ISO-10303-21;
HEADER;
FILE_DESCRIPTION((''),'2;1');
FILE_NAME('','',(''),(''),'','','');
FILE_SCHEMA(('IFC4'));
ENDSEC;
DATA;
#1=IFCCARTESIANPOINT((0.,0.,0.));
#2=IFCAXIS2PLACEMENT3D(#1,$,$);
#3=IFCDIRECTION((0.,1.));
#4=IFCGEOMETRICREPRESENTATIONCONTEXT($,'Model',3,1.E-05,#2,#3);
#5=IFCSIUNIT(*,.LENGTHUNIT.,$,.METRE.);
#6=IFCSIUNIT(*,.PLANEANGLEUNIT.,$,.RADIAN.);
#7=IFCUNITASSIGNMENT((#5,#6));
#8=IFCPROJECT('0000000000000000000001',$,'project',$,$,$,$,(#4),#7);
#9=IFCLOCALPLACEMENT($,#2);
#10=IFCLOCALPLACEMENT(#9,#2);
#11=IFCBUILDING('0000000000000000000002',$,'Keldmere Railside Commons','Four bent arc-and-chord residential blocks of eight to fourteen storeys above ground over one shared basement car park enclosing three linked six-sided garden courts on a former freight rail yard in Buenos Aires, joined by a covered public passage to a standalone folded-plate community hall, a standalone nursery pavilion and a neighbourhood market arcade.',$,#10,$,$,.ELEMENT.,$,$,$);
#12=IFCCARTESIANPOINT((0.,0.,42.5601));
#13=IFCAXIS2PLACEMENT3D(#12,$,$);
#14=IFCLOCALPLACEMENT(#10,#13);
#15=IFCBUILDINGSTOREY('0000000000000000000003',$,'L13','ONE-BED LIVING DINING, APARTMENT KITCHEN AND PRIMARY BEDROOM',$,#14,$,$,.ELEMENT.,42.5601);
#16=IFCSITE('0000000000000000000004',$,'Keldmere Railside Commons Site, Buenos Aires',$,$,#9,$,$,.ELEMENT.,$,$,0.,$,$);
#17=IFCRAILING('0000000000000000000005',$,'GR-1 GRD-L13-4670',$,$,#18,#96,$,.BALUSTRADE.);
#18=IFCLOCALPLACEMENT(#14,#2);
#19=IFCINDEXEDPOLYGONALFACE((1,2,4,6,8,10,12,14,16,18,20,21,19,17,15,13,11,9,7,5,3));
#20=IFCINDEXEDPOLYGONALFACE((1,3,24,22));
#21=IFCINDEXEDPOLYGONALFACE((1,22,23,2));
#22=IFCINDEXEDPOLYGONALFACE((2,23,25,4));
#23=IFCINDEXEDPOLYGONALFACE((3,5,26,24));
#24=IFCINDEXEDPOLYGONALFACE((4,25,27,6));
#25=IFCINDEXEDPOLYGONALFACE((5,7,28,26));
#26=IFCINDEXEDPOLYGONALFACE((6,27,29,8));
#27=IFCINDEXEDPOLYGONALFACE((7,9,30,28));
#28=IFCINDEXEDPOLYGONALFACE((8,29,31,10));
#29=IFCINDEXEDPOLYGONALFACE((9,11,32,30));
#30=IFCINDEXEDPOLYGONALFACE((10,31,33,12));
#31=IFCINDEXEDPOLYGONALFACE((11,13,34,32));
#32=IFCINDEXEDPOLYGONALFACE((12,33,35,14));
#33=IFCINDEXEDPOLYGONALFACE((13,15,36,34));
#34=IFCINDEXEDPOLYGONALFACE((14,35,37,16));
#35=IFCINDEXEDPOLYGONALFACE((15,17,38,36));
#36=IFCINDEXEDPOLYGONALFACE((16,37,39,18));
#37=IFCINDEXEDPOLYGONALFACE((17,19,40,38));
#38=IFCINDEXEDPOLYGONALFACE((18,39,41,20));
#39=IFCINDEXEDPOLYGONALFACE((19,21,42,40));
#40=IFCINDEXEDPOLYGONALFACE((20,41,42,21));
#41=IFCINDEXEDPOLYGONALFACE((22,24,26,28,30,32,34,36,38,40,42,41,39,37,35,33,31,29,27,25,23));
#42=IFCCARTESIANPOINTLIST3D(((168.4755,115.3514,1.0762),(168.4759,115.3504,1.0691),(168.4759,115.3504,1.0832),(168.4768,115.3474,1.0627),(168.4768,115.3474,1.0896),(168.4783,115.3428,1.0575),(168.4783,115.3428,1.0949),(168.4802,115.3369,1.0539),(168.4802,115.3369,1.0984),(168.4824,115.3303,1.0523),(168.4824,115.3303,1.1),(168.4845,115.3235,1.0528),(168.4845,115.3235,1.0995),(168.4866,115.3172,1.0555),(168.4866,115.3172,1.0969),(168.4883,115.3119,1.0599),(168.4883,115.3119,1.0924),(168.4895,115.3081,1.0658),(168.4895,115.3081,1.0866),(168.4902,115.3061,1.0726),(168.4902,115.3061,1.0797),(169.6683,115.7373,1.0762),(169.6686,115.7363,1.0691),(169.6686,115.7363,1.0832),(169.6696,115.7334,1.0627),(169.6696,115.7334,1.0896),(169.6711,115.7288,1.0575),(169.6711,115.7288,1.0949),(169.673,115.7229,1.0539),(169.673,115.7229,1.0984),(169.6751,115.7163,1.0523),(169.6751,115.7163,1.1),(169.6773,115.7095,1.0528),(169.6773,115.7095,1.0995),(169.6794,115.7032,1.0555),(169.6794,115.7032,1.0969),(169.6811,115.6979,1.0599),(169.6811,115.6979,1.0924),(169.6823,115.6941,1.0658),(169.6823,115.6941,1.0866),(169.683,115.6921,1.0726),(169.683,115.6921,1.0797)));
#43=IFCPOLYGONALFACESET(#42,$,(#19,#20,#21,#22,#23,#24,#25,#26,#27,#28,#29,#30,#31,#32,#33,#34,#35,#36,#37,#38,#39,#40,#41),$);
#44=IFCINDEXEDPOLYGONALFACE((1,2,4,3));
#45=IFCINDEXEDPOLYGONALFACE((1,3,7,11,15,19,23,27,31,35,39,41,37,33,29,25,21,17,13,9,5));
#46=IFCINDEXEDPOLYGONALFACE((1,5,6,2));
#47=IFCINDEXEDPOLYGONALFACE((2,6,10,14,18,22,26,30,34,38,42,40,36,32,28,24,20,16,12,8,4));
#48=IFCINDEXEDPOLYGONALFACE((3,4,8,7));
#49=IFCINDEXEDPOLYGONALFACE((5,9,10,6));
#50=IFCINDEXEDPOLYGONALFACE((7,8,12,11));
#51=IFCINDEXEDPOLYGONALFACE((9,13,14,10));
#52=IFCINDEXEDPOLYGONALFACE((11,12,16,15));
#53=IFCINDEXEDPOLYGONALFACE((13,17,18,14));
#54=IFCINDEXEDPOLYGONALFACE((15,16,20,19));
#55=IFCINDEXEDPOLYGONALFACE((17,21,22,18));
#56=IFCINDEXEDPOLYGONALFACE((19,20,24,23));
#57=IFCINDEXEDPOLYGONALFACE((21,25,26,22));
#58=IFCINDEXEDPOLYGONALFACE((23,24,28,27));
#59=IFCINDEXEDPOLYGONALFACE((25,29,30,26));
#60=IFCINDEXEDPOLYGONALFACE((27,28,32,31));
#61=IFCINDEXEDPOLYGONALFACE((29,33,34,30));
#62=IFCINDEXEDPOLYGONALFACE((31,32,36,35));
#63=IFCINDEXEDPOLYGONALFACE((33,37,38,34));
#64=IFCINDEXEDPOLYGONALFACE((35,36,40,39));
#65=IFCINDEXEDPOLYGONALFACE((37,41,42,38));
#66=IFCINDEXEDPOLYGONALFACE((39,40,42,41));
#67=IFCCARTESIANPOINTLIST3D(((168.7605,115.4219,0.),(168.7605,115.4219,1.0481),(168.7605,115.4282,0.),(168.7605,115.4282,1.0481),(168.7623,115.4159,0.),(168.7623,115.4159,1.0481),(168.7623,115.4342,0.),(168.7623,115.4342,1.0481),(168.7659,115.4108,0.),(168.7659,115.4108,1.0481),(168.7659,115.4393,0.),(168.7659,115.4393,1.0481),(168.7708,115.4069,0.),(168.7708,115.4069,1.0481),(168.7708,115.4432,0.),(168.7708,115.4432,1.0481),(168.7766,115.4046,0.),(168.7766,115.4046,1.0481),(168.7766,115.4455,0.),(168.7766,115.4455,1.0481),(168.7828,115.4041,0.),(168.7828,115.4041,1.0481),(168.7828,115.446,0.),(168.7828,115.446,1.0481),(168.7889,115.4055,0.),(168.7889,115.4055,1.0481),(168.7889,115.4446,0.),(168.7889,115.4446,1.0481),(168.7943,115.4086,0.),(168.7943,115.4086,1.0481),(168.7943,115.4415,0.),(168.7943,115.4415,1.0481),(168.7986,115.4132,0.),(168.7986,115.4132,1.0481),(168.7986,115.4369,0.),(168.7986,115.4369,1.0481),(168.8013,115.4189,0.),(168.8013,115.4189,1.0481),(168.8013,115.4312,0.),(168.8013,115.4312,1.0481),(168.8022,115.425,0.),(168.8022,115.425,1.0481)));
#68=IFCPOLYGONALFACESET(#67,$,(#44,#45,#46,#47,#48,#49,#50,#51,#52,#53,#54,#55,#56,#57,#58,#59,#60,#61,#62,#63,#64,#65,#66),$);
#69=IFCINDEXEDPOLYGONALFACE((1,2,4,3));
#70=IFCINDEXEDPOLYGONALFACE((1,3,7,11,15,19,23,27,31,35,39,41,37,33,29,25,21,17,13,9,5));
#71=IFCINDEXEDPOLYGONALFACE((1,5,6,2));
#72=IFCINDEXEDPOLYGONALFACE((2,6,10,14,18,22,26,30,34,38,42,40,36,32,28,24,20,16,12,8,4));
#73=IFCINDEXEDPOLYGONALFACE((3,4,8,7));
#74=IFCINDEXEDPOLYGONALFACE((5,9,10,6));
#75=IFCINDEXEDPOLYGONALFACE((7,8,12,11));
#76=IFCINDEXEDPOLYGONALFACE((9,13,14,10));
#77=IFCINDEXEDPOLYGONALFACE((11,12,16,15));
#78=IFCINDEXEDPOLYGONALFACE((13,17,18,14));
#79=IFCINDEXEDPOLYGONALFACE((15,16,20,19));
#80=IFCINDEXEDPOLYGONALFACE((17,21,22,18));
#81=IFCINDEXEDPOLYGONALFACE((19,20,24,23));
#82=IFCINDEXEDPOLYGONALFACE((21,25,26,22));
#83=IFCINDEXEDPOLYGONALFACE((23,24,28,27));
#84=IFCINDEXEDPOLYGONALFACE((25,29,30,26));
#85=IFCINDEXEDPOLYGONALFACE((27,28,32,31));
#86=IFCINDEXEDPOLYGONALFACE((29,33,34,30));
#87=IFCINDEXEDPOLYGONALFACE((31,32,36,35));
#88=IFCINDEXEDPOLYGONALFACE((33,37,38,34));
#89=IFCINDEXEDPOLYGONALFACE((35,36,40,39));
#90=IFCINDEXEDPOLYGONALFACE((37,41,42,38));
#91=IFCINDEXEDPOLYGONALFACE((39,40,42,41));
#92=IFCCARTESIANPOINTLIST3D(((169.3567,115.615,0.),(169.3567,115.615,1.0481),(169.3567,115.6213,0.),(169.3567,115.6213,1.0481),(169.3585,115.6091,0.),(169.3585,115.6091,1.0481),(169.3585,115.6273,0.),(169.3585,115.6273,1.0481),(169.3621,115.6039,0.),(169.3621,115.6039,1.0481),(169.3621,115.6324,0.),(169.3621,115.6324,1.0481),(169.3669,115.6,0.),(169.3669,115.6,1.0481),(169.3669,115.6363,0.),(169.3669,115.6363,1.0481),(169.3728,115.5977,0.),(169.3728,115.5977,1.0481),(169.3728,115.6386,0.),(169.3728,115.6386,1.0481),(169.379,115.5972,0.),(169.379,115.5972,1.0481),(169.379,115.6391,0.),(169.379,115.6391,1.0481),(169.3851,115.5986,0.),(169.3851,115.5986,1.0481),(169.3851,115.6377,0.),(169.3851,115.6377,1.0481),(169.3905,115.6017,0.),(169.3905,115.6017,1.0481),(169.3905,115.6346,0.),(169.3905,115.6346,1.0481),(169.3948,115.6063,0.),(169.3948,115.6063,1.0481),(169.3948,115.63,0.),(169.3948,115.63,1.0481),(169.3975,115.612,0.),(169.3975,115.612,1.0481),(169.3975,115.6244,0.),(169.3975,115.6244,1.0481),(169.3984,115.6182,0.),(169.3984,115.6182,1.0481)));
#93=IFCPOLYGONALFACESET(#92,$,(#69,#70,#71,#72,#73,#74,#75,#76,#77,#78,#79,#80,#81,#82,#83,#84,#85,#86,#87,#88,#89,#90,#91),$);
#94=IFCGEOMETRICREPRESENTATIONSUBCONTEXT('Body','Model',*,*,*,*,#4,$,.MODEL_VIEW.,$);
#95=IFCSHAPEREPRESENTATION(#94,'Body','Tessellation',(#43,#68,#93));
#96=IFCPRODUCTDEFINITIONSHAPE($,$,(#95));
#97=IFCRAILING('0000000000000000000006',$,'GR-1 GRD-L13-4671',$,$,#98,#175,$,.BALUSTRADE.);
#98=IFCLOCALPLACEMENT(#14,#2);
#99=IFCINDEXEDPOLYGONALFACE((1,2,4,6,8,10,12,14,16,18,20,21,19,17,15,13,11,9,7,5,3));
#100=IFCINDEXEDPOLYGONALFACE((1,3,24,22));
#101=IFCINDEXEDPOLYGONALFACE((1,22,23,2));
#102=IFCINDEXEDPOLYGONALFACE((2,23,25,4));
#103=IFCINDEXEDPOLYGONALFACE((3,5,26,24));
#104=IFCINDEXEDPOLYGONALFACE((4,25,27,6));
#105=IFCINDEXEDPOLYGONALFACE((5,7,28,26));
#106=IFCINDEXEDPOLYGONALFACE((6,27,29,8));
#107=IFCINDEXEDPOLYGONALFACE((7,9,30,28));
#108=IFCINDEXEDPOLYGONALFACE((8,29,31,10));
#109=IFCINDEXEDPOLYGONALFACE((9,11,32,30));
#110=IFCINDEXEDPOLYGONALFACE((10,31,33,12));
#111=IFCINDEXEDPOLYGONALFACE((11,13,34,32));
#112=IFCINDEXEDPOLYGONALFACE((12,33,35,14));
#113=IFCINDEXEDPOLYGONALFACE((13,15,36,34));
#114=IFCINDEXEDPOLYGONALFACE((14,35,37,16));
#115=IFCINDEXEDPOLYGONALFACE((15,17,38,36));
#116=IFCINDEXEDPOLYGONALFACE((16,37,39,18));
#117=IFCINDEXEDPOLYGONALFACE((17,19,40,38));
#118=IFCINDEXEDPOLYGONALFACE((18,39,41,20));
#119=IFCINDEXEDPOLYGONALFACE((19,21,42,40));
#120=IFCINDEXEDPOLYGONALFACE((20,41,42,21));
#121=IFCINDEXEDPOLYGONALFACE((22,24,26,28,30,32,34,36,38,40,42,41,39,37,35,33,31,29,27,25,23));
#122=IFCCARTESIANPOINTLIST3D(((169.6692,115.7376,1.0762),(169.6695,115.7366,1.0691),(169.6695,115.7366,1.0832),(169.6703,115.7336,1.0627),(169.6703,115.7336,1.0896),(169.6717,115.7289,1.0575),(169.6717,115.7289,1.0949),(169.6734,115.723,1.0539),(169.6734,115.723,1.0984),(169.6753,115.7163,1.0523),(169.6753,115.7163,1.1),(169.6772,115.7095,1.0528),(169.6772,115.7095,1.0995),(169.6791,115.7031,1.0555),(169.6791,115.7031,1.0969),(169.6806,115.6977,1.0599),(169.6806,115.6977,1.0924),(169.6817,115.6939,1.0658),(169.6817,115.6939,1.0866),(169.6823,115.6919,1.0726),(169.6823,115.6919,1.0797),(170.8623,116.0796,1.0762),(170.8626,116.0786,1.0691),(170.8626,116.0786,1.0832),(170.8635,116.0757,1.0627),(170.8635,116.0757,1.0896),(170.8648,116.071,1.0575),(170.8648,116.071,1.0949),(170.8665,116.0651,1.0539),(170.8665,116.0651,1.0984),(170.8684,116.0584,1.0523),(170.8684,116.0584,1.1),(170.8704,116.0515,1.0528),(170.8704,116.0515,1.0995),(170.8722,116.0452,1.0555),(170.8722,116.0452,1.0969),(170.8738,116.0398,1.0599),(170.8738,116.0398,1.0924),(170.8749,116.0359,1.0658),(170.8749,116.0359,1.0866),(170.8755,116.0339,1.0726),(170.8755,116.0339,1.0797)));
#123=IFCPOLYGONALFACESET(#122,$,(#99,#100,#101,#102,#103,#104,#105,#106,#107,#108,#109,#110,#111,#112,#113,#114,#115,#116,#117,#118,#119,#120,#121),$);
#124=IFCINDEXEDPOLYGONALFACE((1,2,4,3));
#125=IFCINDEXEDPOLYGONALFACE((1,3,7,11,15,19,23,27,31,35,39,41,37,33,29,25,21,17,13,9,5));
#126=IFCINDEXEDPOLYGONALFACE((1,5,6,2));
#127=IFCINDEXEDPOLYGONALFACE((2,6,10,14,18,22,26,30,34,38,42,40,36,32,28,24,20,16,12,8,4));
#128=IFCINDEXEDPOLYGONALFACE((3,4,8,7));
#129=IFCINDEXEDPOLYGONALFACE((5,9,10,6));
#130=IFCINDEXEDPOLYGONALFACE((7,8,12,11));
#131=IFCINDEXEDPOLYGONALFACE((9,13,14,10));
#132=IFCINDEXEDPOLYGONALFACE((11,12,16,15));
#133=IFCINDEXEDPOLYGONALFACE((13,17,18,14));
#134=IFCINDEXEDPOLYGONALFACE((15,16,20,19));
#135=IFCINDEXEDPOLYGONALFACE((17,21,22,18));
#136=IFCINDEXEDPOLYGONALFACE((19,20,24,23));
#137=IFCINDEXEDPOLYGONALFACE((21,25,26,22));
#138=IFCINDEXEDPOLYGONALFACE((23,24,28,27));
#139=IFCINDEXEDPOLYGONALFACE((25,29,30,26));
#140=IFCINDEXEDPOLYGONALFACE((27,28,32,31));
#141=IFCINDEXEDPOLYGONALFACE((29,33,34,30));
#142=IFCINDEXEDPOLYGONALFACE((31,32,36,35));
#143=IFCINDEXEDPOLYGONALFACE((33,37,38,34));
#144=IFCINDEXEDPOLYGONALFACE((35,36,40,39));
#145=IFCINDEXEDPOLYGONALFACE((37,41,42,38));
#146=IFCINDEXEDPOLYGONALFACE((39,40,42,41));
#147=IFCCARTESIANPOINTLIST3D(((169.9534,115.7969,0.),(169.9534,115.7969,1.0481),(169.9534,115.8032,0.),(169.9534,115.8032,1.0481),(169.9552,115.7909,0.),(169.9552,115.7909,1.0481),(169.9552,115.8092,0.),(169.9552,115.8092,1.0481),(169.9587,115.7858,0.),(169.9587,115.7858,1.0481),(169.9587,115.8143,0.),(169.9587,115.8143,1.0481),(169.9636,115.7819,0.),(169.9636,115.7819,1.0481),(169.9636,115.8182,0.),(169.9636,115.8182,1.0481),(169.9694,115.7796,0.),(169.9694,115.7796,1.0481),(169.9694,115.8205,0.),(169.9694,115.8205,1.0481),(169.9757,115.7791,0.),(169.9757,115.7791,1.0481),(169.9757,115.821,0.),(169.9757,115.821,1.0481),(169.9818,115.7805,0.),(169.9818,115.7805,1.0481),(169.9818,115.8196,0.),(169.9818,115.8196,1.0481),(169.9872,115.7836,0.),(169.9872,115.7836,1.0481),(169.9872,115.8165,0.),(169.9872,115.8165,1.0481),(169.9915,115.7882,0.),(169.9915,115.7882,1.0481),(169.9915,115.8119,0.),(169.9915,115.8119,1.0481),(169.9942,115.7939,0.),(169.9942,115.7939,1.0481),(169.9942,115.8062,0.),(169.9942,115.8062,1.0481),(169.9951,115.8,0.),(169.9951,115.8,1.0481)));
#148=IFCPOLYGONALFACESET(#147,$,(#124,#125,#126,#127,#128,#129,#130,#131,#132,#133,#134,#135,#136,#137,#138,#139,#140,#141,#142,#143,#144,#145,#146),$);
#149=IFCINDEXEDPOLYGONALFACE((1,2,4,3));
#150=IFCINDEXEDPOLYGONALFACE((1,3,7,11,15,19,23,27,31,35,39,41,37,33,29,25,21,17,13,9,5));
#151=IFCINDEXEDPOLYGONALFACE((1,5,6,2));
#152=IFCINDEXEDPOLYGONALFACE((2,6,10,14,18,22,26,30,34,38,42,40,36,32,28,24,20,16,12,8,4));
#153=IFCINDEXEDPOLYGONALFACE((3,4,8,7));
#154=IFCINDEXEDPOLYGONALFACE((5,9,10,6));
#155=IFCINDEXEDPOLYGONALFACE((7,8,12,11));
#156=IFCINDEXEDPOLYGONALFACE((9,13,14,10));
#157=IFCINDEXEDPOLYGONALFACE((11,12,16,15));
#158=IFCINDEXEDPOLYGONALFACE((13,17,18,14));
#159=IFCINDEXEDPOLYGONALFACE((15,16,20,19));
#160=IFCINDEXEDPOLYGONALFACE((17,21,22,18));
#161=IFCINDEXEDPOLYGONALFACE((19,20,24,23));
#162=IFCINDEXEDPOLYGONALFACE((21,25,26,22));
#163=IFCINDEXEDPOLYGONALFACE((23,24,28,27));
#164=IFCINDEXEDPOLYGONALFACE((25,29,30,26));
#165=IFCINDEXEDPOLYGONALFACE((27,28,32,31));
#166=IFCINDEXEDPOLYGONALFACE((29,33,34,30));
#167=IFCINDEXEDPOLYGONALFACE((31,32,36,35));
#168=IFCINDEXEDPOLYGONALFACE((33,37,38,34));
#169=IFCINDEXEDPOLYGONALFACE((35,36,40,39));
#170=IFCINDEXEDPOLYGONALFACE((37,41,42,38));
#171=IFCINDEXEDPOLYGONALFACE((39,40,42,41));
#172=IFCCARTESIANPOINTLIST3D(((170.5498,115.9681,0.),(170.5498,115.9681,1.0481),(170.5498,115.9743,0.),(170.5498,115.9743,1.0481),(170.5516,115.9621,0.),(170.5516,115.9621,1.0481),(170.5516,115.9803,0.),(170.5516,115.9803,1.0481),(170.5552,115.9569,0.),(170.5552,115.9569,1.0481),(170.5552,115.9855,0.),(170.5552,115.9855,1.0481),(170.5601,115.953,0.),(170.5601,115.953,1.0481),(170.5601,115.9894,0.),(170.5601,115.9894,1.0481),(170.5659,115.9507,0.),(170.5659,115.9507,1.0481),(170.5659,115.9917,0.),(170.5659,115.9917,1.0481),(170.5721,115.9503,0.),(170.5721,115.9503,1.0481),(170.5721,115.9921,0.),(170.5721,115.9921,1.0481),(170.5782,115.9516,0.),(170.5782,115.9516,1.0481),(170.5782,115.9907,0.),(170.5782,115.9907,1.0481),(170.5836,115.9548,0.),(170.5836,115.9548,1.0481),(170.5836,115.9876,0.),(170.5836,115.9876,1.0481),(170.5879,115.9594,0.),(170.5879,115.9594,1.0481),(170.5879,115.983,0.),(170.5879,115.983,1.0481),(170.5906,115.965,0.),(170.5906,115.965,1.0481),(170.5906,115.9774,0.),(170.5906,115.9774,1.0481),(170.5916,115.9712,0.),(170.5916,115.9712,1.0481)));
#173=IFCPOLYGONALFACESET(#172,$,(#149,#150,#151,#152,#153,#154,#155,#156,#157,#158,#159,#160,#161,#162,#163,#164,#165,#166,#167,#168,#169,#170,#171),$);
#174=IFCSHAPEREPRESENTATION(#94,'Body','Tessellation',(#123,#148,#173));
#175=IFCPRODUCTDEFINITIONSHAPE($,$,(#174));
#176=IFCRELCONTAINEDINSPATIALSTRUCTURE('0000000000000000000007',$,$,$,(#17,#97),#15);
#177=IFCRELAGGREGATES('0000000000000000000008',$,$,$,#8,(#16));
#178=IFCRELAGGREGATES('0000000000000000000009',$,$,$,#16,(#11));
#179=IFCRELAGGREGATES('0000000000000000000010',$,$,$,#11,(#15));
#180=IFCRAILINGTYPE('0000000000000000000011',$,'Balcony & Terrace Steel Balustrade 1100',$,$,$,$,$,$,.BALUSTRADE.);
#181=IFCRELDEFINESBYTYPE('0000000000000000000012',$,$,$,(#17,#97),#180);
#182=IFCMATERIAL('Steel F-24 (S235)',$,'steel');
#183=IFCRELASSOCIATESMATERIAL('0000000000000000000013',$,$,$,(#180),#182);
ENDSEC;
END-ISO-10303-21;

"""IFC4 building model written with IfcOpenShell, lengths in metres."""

from ifc_helpers import new_model, si_unit, direction, frame, origin, origin_2d, place, context, subcontext, project, spatial, circle, extrude, material, type_object, element, save


model = new_model("IFC4")

# Units and contexts
model_context = context("Model", 3, precision=1e-05, world=origin(), true_north=direction((0.0, 1.0)))
body_context = subcontext(model_context, "Body", "Model", "MODEL_VIEW")
ifc_project = project(units=[si_unit("LENGTHUNIT", "METRE"), si_unit("PLANEANGLEUNIT", "RADIAN")], contexts=[model_context])

# Site, building, storey
site_placement = place(None, origin())
site = spatial("IfcSite", under=ifc_project, at=site_placement, Name="Keldmere Railside Commons Site, Buenos Aires", CompositionType="ELEMENT", RefElevation=0.0)
building_placement = place(site_placement, origin())
building = spatial("IfcBuilding", under=site, at=building_placement, Name="Keldmere Railside Commons", Description="Four bent arc-and-chord residential blocks of eight to fourteen storeys above ground over one shared basement car park enclosing three linked six-sided garden courts on a former freight rail yard in Buenos Aires, joined by a covered public passage to a standalone folded-plate community hall, a standalone nursery pavilion and a neighbourhood market arcade.", CompositionType="ELEMENT")
storey_placement = place(building_placement, frame((0.0, 0.0, 42.5601)))
storey = spatial("IfcBuildingStorey", under=building, at=storey_placement, Name="L13", Description="ONE-BED LIVING DINING, APARTMENT KITCHEN AND PRIMARY BEDROOM", CompositionType="ELEMENT", Elevation=42.5601)

# Railings
ifc_material_1 = material(Name="Steel F-24 (S235)", Category="steel")
railing_type = type_object("IfcRailingType", Name="Balcony & Terrace Steel Balustrade 1100", PredefinedType="BALUSTRADE", material=ifc_material_1)
railing_1_placement = place(storey_placement, frame((168.4829, 115.3286, 0.0)))
element("IfcRailing", 1, at=railing_1_placement, inside=storey, type_object=railing_type, Name="GR-1 GRD-L13-4670", PredefinedType="BALUSTRADE", context=body_context, shape_type="SweptSolid", body=[
    extrude(circle(Radius=0.0239, at=origin_2d()), frame((0.0, 0.0, 1.0762), z_axis=(0.951431, 0.307862, 0.0), x_axis=(-0.307862, 0.951431, 0.0)), (0.0, 0.0, 1.0), 1.2537),
    extrude(circle(Radius=0.021, at=origin_2d()), frame((0.2983, 0.0964, 0.0)), (0.0, 0.0, 1.0), 1.0481),
    extrude(circle(Radius=0.021, at=origin_2d()), frame((0.8945, 0.2896, 0.0)), (0.0, 0.0, 1.0), 1.0481),
])
railing_2_placement = place(storey_placement, frame((169.6758, 115.7146, 0.0)))
element("IfcRailing", 2, at=railing_2_placement, inside=storey, type_object=railing_type, Name="GR-1 GRD-L13-4671", PredefinedType="BALUSTRADE", context=body_context, shape_type="SweptSolid", body=[
    extrude(circle(Radius=0.0239, at=origin_2d()), frame((0.0, 0.0, 1.0762), z_axis=(0.961279, 0.275578, 0.0), x_axis=(-0.275578, 0.961279, 0.0)), (0.0, 0.0, 1.0), 1.2412),
    extrude(circle(Radius=0.021, at=origin_2d()), frame((0.2983, 0.0854, 0.0)), (0.0, 0.0, 1.0), 1.0481),
    extrude(circle(Radius=0.021, at=origin_2d()), frame((0.8948, 0.2566, 0.0)), (0.0, 0.0, 1.0), 1.0481),
])

save(model, "model.ifc")
